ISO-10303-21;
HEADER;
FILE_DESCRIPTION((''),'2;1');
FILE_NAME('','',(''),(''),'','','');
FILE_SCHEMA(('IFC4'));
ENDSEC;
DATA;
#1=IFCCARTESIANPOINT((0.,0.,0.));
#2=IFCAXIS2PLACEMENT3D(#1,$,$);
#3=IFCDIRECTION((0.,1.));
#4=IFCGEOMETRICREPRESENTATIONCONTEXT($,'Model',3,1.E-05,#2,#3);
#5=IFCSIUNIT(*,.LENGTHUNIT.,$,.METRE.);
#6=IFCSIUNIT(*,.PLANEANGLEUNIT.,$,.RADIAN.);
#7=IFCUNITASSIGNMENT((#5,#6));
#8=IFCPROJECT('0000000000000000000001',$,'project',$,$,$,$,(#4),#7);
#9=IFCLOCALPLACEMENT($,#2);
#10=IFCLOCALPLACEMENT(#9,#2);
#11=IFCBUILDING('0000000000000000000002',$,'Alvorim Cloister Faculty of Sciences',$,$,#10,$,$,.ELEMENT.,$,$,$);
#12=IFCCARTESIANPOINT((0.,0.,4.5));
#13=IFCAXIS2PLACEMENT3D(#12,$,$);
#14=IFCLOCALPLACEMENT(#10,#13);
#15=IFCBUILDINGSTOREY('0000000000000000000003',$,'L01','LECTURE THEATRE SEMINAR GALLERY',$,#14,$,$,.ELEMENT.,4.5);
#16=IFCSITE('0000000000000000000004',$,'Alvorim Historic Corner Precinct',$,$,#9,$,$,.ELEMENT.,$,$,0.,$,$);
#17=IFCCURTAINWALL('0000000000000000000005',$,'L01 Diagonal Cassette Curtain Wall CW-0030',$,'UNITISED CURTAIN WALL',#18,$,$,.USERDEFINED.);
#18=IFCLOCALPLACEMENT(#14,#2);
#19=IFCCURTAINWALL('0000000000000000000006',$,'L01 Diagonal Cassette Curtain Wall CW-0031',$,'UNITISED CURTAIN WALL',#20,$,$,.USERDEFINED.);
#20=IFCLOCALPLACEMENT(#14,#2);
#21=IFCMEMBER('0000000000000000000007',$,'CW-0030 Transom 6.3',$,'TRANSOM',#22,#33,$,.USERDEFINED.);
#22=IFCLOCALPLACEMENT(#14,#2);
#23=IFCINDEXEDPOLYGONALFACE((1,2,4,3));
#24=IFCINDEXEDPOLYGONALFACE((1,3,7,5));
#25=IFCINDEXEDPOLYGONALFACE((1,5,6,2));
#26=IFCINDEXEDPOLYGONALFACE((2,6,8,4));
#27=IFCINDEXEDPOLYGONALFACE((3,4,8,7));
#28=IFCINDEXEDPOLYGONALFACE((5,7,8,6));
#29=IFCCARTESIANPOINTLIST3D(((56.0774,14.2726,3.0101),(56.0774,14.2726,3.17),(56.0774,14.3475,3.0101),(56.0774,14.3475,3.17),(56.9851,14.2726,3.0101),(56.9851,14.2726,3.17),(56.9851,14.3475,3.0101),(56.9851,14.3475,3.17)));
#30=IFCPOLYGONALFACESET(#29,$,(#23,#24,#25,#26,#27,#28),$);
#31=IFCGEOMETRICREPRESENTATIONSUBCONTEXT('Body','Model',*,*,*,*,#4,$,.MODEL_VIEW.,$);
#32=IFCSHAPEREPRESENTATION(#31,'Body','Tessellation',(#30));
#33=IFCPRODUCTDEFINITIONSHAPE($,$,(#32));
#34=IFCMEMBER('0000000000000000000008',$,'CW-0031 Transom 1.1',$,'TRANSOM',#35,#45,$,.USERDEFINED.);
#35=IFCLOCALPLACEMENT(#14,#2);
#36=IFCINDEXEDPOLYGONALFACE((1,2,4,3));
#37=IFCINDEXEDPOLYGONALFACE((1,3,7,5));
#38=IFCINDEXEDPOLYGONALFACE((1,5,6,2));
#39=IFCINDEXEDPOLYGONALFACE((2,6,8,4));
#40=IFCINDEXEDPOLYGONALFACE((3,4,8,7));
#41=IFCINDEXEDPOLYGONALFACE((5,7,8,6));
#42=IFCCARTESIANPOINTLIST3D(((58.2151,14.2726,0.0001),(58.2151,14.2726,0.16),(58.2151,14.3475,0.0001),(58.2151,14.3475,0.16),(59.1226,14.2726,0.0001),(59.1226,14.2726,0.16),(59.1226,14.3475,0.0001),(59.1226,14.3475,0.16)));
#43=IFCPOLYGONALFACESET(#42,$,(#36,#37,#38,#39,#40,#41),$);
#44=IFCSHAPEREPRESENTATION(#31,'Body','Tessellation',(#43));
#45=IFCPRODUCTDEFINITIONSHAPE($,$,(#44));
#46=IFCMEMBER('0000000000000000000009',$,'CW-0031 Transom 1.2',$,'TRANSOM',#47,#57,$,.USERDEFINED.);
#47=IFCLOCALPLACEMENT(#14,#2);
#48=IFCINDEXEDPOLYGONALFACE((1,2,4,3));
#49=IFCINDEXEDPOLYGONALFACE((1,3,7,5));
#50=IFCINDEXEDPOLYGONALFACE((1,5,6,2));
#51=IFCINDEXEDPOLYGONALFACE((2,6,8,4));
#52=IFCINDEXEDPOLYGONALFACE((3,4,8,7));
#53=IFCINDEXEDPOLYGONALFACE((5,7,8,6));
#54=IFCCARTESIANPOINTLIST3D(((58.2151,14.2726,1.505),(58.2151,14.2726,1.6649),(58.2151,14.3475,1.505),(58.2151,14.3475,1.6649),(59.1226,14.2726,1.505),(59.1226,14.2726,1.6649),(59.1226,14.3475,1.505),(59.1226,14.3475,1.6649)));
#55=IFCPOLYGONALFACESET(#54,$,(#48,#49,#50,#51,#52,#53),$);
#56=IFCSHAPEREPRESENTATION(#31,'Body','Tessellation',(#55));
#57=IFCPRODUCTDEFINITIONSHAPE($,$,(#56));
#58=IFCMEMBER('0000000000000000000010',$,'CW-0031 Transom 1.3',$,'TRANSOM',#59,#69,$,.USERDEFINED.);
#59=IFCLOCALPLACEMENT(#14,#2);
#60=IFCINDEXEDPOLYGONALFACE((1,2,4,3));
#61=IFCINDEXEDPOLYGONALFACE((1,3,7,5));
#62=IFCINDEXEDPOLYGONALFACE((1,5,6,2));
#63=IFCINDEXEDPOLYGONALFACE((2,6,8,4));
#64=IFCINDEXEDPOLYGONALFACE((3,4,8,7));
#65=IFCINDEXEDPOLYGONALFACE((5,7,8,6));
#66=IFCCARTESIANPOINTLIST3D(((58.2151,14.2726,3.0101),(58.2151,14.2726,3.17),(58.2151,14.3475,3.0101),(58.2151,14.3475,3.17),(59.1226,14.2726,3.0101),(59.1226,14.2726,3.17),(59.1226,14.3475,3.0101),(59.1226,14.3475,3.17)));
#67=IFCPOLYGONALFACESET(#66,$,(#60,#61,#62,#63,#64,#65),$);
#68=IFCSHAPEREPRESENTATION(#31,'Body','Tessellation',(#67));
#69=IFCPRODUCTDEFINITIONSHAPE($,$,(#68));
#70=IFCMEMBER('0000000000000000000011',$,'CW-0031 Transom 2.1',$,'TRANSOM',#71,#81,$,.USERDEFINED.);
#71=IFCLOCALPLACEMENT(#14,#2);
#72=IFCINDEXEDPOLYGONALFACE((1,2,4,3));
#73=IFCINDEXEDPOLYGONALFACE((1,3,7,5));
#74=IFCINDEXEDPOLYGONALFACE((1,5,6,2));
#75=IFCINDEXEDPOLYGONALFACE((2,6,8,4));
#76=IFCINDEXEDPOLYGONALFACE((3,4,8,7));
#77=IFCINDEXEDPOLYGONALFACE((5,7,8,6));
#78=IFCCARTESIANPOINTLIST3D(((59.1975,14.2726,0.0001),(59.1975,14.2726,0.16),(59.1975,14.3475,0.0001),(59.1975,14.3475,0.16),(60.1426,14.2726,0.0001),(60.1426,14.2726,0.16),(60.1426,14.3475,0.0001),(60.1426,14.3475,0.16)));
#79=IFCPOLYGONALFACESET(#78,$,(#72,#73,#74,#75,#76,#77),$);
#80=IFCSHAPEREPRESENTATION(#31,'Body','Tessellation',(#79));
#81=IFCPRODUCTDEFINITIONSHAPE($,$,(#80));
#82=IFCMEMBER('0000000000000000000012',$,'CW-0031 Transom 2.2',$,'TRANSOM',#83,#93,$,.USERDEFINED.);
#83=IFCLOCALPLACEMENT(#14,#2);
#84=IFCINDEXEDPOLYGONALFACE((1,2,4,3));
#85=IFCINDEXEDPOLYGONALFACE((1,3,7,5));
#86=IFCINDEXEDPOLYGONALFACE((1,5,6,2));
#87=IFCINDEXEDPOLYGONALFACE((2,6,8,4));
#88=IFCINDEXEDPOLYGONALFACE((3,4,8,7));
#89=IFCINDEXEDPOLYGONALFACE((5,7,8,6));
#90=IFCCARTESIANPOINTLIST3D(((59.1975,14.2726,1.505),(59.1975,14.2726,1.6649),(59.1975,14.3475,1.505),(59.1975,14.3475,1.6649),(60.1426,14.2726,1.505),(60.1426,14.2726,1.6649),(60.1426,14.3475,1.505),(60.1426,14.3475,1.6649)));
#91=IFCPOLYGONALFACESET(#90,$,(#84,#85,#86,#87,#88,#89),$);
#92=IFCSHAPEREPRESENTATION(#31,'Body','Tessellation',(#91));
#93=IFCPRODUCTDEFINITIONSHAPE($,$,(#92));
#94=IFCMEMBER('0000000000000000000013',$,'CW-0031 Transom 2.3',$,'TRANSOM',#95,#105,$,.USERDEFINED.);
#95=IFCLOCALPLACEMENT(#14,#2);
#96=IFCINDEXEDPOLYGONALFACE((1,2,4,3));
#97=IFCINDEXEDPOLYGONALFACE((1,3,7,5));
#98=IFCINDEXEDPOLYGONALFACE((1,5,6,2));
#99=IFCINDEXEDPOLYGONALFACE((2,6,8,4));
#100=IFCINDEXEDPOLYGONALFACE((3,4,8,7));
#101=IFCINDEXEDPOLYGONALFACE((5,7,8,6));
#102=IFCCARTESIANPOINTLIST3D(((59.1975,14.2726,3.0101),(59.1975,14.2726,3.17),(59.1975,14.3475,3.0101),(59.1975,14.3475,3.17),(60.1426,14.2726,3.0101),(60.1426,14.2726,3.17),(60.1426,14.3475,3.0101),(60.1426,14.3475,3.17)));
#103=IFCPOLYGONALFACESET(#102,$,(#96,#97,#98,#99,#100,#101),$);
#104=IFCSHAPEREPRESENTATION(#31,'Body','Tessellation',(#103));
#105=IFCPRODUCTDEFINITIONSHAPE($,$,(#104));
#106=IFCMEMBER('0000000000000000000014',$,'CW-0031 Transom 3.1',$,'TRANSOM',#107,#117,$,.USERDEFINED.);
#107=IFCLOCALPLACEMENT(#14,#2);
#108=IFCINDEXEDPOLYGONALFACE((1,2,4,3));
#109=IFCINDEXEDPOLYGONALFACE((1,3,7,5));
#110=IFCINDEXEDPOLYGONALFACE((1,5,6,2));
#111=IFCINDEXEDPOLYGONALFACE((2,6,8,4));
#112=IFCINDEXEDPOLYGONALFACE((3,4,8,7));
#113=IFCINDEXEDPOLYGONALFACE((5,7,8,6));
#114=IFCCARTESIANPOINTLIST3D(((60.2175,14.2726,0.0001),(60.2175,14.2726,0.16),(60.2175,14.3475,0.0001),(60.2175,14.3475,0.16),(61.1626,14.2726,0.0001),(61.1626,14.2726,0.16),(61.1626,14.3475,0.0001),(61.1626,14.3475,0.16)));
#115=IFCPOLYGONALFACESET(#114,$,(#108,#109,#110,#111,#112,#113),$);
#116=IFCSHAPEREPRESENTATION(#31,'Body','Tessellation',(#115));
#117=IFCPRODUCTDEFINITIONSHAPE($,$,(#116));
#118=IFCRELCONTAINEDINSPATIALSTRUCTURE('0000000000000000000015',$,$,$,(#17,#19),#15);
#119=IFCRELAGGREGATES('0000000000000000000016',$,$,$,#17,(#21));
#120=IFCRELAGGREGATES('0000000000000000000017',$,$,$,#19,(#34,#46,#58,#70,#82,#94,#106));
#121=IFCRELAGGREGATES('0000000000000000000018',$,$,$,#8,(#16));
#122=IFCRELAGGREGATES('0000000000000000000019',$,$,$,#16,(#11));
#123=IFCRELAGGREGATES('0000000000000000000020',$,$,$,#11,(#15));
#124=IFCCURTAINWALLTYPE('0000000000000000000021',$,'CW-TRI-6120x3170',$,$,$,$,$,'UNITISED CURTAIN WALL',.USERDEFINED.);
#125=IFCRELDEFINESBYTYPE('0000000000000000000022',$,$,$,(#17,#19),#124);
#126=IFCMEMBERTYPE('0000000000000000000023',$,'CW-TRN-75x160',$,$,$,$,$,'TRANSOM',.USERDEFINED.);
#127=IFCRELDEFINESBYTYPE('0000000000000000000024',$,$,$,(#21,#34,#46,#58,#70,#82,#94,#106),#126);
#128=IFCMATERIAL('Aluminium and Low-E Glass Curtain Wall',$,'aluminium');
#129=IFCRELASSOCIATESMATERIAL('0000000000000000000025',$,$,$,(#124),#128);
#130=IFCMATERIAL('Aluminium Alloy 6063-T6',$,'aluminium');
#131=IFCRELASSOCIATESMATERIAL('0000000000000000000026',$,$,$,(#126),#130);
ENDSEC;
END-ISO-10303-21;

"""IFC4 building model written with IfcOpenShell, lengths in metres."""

from ifc_helpers import new_model, si_unit, direction, frame, origin, origin_2d, place, context, subcontext, project, spatial, rectangle, extrude, material, material_profile, profile_set, type_object, element, aggregate, save


model = new_model("IFC4")

# Units and contexts
model_context = context("Model", 3, precision=1e-05, world=origin(), true_north=direction((0.0, 1.0)))
body_context = subcontext(model_context, "Body", "Model", "MODEL_VIEW")
ifc_project = project(units=[si_unit("LENGTHUNIT", "METRE"), si_unit("PLANEANGLEUNIT", "RADIAN")], contexts=[model_context])

# Site, building, storey
site_placement = place(None, origin())
site = spatial("IfcSite", under=ifc_project, at=site_placement, Name="Alvorim Historic Corner Precinct", CompositionType="ELEMENT", RefElevation=0.0)
building_placement = place(site_placement, origin())
building = spatial("IfcBuilding", under=site, at=building_placement, Name="Alvorim Cloister Faculty of Sciences", CompositionType="ELEMENT")
storey_placement = place(building_placement, frame((0.0, 0.0, 4.5)))
storey = spatial("IfcBuildingStorey", under=building, at=storey_placement, Name="L01", Description="LECTURE THEATRE SEMINAR GALLERY", CompositionType="ELEMENT", Elevation=4.5)

# Curtain walls
ifc_material_1 = material(Name="Aluminium and Low-E Glass Curtain Wall", Category="aluminium")
curtain_wall_type = type_object("IfcCurtainWallType", Name="CW-TRI-6120x3170", ElementType="UNITISED CURTAIN WALL", PredefinedType="USERDEFINED", material=ifc_material_1)
curtain_wall_1_placement = place(storey_placement, origin())
curtain_wall_1 = element("IfcCurtainWall", 1, at=curtain_wall_1_placement, inside=storey, type_object=curtain_wall_type, Name="L01 Diagonal Cassette Curtain Wall CW-0030", ObjectType="UNITISED CURTAIN WALL", PredefinedType="USERDEFINED")
ifc_material_2 = material(Name="Aluminium Alloy 6063-T6", Category="aluminium")
curtain_wall_2_placement = place(storey_placement, origin())
curtain_wall_2 = element("IfcCurtainWall", 2, at=curtain_wall_2_placement, inside=storey, type_object=curtain_wall_type, Name="L01 Diagonal Cassette Curtain Wall CW-0031", ObjectType="UNITISED CURTAIN WALL", PredefinedType="USERDEFINED")

# Members
ifc_material_profile_1 = material_profile(ifc_material_2, rectangle(XDim=0.075, YDim=0.1599, at=origin_2d()), Name="ALU-TRN-75x160")
ifc_profile_set_1 = profile_set([ifc_material_profile_1], Name="Aluminium Alloy 6063-T6")
member_type_1 = type_object("IfcMemberType", Name="CW-TRN-75x160", ElementType="TRANSOM", PredefinedType="USERDEFINED", material=ifc_profile_set_1)
member_1_placement = place(storey_placement, frame((56.0774, 14.3101, 3.0901), z_axis=(1.0, 0.0, 0.0), x_axis=(0.0, 1.0, 0.0)))
member_1 = element("IfcMember", 3, at=member_1_placement, type_object=member_type_1, Name="CW-0030 Transom 6.3", ObjectType="TRANSOM", PredefinedType="USERDEFINED", context=body_context, shape_type="SweptSolid", body=[
    extrude(rectangle(XDim=0.075, YDim=0.1599, at=origin_2d()), origin(), (0.0, 0.0, 1.0), 0.9077),
])
aggregate(curtain_wall_1, [member_1])
member_2_placement = place(storey_placement, frame((58.2151, 14.3101, 0.0801), z_axis=(1.0, 0.0, 0.0), x_axis=(0.0, 1.0, 0.0)))
member_2 = element("IfcMember", 4, at=member_2_placement, type_object=member_type_1, Name="CW-0031 Transom 1.1", ObjectType="TRANSOM", PredefinedType="USERDEFINED", context=body_context, shape_type="SweptSolid", body=[
    extrude(rectangle(XDim=0.075, YDim=0.1599, at=origin_2d()), origin(), (0.0, 0.0, 1.0), 0.9075),
])
member_3_placement = place(storey_placement, frame((58.2151, 14.3101, 1.585), z_axis=(1.0, 0.0, 0.0), x_axis=(0.0, 1.0, 0.0)))
member_3 = element("IfcMember", 5, at=member_3_placement, type_object=member_type_1, Name="CW-0031 Transom 1.2", ObjectType="TRANSOM", PredefinedType="USERDEFINED", context=body_context, shape_type="SweptSolid", body=[
    extrude(rectangle(XDim=0.075, YDim=0.1599, at=origin_2d()), origin(), (0.0, 0.0, 1.0), 0.9075),
])
member_4_placement = place(storey_placement, frame((58.2151, 14.3101, 3.0901), z_axis=(1.0, 0.0, 0.0), x_axis=(0.0, 1.0, 0.0)))
member_4 = element("IfcMember", 6, at=member_4_placement, type_object=member_type_1, Name="CW-0031 Transom 1.3", ObjectType="TRANSOM", PredefinedType="USERDEFINED", context=body_context, shape_type="SweptSolid", body=[
    extrude(rectangle(XDim=0.075, YDim=0.1599, at=origin_2d()), origin(), (0.0, 0.0, 1.0), 0.9075),
])
member_5_placement = place(storey_placement, frame((59.1975, 14.3101, 0.0801), z_axis=(1.0, 0.0, 0.0), x_axis=(0.0, 1.0, 0.0)))
member_5 = element("IfcMember", 7, at=member_5_placement, type_object=member_type_1, Name="CW-0031 Transom 2.1", ObjectType="TRANSOM", PredefinedType="USERDEFINED", context=body_context, shape_type="SweptSolid", body=[
    extrude(rectangle(XDim=0.075, YDim=0.1599, at=origin_2d()), origin(), (0.0, 0.0, 1.0), 0.9451),
])
member_6_placement = place(storey_placement, frame((59.1975, 14.3101, 1.585), z_axis=(1.0, 0.0, 0.0), x_axis=(0.0, 1.0, 0.0)))
member_6 = element("IfcMember", 8, at=member_6_placement, type_object=member_type_1, Name="CW-0031 Transom 2.2", ObjectType="TRANSOM", PredefinedType="USERDEFINED", context=body_context, shape_type="SweptSolid", body=[
    extrude(rectangle(XDim=0.075, YDim=0.1599, at=origin_2d()), origin(), (0.0, 0.0, 1.0), 0.9451),
])
member_7_placement = place(storey_placement, frame((59.1975, 14.3101, 3.0901), z_axis=(1.0, 0.0, 0.0), x_axis=(0.0, 1.0, 0.0)))
member_7 = element("IfcMember", 9, at=member_7_placement, type_object=member_type_1, Name="CW-0031 Transom 2.3", ObjectType="TRANSOM", PredefinedType="USERDEFINED", context=body_context, shape_type="SweptSolid", body=[
    extrude(rectangle(XDim=0.075, YDim=0.1599, at=origin_2d()), origin(), (0.0, 0.0, 1.0), 0.9451),
])
member_8_placement = place(storey_placement, frame((60.2175, 14.3101, 0.0801), z_axis=(1.0, 0.0, 0.0), x_axis=(0.0, 1.0, 0.0)))
member_8 = element("IfcMember", 10, at=member_8_placement, type_object=member_type_1, Name="CW-0031 Transom 3.1", ObjectType="TRANSOM", PredefinedType="USERDEFINED", context=body_context, shape_type="SweptSolid", body=[
    extrude(rectangle(XDim=0.075, YDim=0.1599, at=origin_2d()), origin(), (0.0, 0.0, 1.0), 0.9451),
])
aggregate(curtain_wall_2, [member_2, member_3, member_4, member_5, member_6, member_7, member_8])

save(model, "model.ifc")
